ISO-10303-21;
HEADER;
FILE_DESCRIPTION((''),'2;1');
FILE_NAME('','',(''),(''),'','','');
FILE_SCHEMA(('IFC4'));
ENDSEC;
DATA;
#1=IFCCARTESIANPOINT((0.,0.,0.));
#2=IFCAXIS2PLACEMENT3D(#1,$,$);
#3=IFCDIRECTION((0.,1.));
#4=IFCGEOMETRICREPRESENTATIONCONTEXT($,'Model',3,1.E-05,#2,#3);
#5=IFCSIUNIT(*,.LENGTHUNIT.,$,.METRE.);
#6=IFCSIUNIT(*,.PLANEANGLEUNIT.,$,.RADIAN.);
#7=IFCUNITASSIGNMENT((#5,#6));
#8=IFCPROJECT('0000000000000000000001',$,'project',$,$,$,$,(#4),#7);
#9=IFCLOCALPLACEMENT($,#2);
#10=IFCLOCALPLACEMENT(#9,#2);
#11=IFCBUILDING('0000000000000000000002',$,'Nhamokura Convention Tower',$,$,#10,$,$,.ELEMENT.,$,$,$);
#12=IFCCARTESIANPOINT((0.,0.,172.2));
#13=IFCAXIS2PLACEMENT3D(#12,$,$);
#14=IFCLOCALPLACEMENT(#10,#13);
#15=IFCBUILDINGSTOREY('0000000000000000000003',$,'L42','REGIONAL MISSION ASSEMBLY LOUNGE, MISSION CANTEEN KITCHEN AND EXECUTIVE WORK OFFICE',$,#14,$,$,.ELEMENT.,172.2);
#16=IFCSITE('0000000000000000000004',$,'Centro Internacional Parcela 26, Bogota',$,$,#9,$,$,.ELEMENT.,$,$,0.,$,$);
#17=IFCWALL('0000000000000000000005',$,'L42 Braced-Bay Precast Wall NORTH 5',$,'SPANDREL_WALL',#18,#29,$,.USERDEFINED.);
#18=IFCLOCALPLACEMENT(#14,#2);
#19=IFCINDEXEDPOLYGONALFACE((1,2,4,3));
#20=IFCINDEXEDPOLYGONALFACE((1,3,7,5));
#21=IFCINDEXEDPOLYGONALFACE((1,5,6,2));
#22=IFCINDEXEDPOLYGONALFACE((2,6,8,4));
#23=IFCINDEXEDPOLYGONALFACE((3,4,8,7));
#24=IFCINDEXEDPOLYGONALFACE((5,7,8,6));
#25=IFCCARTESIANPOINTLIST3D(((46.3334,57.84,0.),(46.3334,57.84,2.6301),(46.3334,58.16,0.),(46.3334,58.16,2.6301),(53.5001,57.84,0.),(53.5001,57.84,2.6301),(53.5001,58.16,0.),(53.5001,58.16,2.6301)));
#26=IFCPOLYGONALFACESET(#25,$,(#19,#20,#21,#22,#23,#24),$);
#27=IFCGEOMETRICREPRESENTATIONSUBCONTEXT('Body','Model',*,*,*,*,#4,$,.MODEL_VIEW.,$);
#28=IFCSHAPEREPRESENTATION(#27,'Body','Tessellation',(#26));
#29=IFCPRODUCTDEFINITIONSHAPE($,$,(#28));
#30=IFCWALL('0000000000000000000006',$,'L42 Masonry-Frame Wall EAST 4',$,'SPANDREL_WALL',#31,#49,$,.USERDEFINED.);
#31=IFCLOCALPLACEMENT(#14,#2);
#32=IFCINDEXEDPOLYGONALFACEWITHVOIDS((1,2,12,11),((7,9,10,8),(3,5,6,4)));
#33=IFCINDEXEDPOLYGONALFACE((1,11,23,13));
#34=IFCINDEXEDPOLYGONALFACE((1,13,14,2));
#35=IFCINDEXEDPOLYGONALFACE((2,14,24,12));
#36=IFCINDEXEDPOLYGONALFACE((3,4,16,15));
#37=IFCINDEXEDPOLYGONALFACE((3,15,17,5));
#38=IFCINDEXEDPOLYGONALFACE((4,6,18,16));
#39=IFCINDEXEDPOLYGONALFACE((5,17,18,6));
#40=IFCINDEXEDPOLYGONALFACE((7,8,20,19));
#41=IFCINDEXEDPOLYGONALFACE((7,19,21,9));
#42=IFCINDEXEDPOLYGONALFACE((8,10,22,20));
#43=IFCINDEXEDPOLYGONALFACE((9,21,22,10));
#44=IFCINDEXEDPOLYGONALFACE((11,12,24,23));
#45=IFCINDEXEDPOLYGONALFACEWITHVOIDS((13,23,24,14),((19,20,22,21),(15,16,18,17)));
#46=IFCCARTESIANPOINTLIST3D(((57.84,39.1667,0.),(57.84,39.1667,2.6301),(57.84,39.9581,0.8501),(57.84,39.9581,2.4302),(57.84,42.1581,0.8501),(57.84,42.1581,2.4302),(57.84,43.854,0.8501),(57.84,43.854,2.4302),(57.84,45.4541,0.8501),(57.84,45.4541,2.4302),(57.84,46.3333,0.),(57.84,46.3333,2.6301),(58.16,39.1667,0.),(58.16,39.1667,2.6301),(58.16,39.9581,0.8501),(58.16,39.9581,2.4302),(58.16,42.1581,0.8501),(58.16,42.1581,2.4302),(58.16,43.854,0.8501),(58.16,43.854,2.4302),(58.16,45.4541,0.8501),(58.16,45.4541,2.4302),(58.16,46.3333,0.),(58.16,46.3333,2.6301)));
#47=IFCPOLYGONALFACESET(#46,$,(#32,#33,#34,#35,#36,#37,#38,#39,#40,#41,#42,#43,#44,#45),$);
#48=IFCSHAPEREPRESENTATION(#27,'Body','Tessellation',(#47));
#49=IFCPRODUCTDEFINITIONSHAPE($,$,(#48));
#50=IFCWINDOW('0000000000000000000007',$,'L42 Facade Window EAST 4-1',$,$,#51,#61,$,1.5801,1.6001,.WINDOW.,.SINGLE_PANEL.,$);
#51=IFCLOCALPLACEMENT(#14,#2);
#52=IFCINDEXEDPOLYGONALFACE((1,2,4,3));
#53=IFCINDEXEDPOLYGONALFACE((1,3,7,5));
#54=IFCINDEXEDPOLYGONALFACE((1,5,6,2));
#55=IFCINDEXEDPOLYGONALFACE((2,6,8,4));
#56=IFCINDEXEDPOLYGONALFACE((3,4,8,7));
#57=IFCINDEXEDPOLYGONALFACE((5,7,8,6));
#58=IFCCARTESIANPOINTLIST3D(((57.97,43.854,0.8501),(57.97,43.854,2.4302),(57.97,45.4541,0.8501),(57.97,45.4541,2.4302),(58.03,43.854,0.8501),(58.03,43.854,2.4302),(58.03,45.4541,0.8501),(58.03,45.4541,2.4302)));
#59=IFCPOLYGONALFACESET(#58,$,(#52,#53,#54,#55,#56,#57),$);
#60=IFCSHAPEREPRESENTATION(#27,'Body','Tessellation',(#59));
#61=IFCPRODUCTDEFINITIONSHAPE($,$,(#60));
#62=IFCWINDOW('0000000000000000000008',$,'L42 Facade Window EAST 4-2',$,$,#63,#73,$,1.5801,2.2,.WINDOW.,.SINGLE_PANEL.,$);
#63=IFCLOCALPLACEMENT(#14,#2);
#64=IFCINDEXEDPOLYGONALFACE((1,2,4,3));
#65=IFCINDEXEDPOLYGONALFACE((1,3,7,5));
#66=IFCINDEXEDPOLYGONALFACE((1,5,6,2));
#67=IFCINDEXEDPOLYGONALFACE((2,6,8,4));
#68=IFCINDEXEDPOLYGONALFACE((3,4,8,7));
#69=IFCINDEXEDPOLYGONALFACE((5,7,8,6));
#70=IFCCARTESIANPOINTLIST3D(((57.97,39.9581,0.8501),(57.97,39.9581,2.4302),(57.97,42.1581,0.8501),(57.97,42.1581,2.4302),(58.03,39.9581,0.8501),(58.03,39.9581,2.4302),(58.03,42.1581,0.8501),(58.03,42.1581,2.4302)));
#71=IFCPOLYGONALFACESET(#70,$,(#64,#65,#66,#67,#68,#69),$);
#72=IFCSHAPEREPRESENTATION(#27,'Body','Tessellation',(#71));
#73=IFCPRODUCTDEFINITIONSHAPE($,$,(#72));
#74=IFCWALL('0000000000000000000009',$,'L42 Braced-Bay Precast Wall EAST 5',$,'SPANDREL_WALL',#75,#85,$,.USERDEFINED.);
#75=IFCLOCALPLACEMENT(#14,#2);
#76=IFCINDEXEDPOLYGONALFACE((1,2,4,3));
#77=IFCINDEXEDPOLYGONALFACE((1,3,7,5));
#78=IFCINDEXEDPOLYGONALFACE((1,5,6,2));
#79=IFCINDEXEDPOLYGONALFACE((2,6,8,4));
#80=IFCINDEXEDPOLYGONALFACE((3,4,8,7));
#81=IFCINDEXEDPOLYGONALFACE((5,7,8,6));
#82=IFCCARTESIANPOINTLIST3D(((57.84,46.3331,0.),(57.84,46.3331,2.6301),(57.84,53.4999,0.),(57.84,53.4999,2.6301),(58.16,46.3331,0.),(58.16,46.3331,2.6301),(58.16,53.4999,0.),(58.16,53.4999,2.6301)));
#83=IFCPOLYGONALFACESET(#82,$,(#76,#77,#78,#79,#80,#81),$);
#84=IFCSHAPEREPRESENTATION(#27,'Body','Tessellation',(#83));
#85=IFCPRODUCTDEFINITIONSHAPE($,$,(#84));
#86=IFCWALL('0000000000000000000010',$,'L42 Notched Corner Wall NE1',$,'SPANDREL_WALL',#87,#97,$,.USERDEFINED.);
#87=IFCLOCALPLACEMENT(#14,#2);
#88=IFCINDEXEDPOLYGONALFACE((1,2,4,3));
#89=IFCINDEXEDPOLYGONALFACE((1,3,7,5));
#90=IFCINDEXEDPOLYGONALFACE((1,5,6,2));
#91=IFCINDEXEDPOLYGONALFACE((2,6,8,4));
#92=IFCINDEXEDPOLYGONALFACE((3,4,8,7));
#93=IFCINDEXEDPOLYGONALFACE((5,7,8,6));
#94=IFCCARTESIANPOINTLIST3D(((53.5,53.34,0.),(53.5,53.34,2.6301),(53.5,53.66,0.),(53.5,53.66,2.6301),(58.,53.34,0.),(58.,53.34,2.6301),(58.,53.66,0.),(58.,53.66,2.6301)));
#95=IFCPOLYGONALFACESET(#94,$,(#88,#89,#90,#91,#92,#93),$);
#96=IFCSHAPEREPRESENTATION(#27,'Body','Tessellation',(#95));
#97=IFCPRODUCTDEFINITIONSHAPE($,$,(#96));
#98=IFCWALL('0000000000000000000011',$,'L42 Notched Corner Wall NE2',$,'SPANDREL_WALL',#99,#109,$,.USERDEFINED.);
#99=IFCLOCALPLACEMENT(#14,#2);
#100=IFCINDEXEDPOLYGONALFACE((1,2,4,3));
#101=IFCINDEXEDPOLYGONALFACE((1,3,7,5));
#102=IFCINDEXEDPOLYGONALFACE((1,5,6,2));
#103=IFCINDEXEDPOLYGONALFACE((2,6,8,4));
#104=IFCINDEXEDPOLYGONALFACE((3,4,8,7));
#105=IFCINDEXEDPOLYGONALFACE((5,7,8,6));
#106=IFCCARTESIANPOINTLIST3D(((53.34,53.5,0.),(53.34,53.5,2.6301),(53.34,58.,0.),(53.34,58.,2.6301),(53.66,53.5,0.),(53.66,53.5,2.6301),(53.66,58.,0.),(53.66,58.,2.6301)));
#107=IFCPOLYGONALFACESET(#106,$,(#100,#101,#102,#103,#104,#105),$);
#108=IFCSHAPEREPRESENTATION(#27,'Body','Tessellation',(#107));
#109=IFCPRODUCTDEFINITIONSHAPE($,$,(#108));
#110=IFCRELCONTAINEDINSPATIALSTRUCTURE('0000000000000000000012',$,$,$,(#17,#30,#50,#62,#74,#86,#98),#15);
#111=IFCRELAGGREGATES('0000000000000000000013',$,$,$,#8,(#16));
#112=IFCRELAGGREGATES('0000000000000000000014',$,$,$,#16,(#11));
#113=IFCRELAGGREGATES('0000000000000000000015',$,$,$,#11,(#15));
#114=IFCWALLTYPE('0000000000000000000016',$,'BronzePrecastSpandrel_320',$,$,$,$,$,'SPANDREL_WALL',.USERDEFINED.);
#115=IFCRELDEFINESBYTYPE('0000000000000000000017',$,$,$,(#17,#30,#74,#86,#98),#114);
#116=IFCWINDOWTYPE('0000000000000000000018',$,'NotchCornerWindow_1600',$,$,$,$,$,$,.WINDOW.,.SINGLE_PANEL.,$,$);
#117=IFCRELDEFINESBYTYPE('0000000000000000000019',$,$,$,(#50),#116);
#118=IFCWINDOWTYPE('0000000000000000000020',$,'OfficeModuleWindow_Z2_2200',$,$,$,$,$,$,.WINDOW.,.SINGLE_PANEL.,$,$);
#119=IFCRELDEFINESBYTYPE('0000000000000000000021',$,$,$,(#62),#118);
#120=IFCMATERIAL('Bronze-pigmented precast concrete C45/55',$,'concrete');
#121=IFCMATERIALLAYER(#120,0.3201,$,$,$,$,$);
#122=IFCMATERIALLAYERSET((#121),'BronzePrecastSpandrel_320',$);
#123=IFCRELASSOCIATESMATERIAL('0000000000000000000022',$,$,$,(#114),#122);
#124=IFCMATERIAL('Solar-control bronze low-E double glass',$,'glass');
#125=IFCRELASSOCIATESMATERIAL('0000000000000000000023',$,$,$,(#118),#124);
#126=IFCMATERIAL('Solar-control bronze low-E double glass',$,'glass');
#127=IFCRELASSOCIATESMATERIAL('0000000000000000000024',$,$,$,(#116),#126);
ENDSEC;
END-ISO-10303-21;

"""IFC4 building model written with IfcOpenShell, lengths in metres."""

from ifc_helpers import new_model, si_unit, direction, frame, frame_2d, origin, place, context, subcontext, project, spatial, rectangle, extrude, material, layer, layer_set, type_object, element, fill, save


model = new_model("IFC4")

# Units and contexts
model_context = context("Model", 3, precision=1e-05, world=origin(), true_north=direction((0.0, 1.0)))
body_context = subcontext(model_context, "Body", "Model", "MODEL_VIEW")
ifc_project = project(units=[si_unit("LENGTHUNIT", "METRE"), si_unit("PLANEANGLEUNIT", "RADIAN")], contexts=[model_context])

# Site, building, storey
site_placement = place(None, origin())
site = spatial("IfcSite", under=ifc_project, at=site_placement, Name="Centro Internacional Parcela 26, Bogota", CompositionType="ELEMENT", RefElevation=0.0)
building_placement = place(site_placement, origin())
building = spatial("IfcBuilding", under=site, at=building_placement, Name="Nhamokura Convention Tower", CompositionType="ELEMENT")
storey_placement = place(building_placement, frame((0.0, 0.0, 172.2)))
storey = spatial("IfcBuildingStorey", under=building, at=storey_placement, Name="L42", Description="REGIONAL MISSION ASSEMBLY LOUNGE, MISSION CANTEEN KITCHEN AND EXECUTIVE WORK OFFICE", CompositionType="ELEMENT", Elevation=172.2)

# Shared definitions
ifc_material_1 = material(Name="Bronze-pigmented precast concrete C45/55", Category="concrete")
ifc_layer = layer(ifc_material_1, 0.3201)
ifc_layer_set = layer_set([ifc_layer], Name="BronzePrecastSpandrel_320")
wall_type = type_object("IfcWallType", Name="BronzePrecastSpandrel_320", ElementType="SPANDREL_WALL", PredefinedType="USERDEFINED", material=ifc_layer_set)
ifc_material_2 = material(Name="Solar-control bronze low-E double glass", Category="glass")
window_type_1 = type_object("IfcWindowType", Name="OfficeModuleWindow_Z2_2200", PartitioningType="SINGLE_PANEL", PredefinedType="WINDOW", material=ifc_material_2)

# Wall
wall_1_placement = place(storey_placement, frame((46.3333, 58.0, 0.0), z_axis=(0.0, 0.0, 1.0), x_axis=(1.0, 0.0, 0.0)))
element("IfcWall", 1, at=wall_1_placement, inside=storey, type_object=wall_type, Name="L42 Braced-Bay Precast Wall NORTH 5", ObjectType="SPANDREL_WALL", PredefinedType="USERDEFINED", context=body_context, shape_type="SweptSolid", body=[
    extrude(rectangle(XDim=7.1667, YDim=0.3201, at=frame_2d((3.5835, 0.0))), origin(), (0.0, 0.0, 1.0), 2.6301),
])

# Wall, openings, windows
wall_2_placement = place(storey_placement, frame((58.0, 46.3333, 0.0), z_axis=(0.0, 0.0, 1.0), x_axis=(0.0, -1.0, 0.0)))
wall_2 = element("IfcWall", 2, at=wall_2_placement, inside=storey, type_object=wall_type, Name="L42 Masonry-Frame Wall EAST 4", ObjectType="SPANDREL_WALL", PredefinedType="USERDEFINED", context=body_context, shape_type="SweptSolid", body=[
    extrude(rectangle(XDim=7.1665, YDim=0.3201, at=frame_2d((3.5833, 0.0))), origin(), (0.0, 0.0, 1.0), 2.6301),
])
opening_1_placement = place(wall_2_placement, frame((0.8792, 0.0, 0.8501)))
opening_1 = element("IfcOpeningElement", 3, at=opening_1_placement, cuts=wall_2, PredefinedType="OPENING", context=body_context, shape_type="SweptSolid", body=[
    extrude(rectangle(XDim=1.6001, YDim=1.5801, at=frame_2d((0.8, 0.79))), frame((0.0, 0.1699, 0.0), z_axis=(0.0, -1.0, 0.0), x_axis=(1.0, 0.0, 0.0)), (0.0, 0.0, 1.0), 0.3401),
])
opening_2_placement = place(wall_2_placement, frame((4.175, 0.0, 0.8501)))
opening_2 = element("IfcOpeningElement", 4, at=opening_2_placement, cuts=wall_2, PredefinedType="OPENING", context=body_context, shape_type="SweptSolid", body=[
    extrude(rectangle(XDim=2.2, YDim=1.5801, at=frame_2d((1.1001, 0.79))), frame((0.0, 0.1699, 0.0), z_axis=(0.0, -1.0, 0.0), x_axis=(1.0, 0.0, 0.0)), (0.0, 0.0, 1.0), 0.3401),
])
ifc_material_3 = material(Name="Solar-control bronze low-E double glass", Category="glass")
window_type_2 = type_object("IfcWindowType", Name="NotchCornerWindow_1600", PartitioningType="SINGLE_PANEL", PredefinedType="WINDOW", material=ifc_material_3)
window_1_placement = place(opening_1_placement, origin())
window_1 = element("IfcWindow", 5, at=window_1_placement, inside=storey, type_object=window_type_2, Name="L42 Facade Window EAST 4-1", OverallHeight=1.5801, OverallWidth=1.6001, PartitioningType="SINGLE_PANEL", PredefinedType="WINDOW", context=body_context, shape_type="SweptSolid", body=[
    extrude(rectangle(XDim=1.6001, YDim=1.5801, at=frame_2d((0.8, 0.79))), frame((0.0, 0.03, 0.0), z_axis=(0.0, -1.0, 0.0), x_axis=(1.0, 0.0, 0.0)), (0.0, 0.0, 1.0), 0.0601),
])
fill(opening_1, window_1)
window_2_placement = place(opening_2_placement, origin())
window_2 = element("IfcWindow", 6, at=window_2_placement, inside=storey, type_object=window_type_1, Name="L42 Facade Window EAST 4-2", OverallHeight=1.5801, OverallWidth=2.2, PartitioningType="SINGLE_PANEL", PredefinedType="WINDOW", context=body_context, shape_type="SweptSolid", body=[
    extrude(rectangle(XDim=2.2, YDim=1.5801, at=frame_2d((1.1001, 0.79))), frame((0.0, 0.03, 0.0), z_axis=(0.0, -1.0, 0.0), x_axis=(1.0, 0.0, 0.0)), (0.0, 0.0, 1.0), 0.0601),
])
fill(opening_2, window_2)

# Walls
wall_3_placement = place(storey_placement, frame((58.0, 53.5, 0.0), z_axis=(0.0, 0.0, 1.0), x_axis=(0.0, -1.0, 0.0)))
element("IfcWall", 7, at=wall_3_placement, inside=storey, type_object=wall_type, Name="L42 Braced-Bay Precast Wall EAST 5", ObjectType="SPANDREL_WALL", PredefinedType="USERDEFINED", context=body_context, shape_type="SweptSolid", body=[
    extrude(rectangle(XDim=7.1667, YDim=0.3201, at=frame_2d((3.5835, 0.0))), origin(), (0.0, 0.0, 1.0), 2.6301),
])
for number, where, z_axis, x_axis, name in (
    (8, (53.5, 53.5, 0.0), (0.0, 0.0, 1.0), (1.0, 0.0, 0.0), "L42 Notched Corner Wall NE1"),
    (9, (53.5, 58.0, 0.0), (0.0, 0.0, 1.0), (0.0, -1.0, 0.0), "L42 Notched Corner Wall NE2"),
):
    element("IfcWall", number, at=place(storey_placement, frame(where, z_axis=z_axis, x_axis=x_axis)), inside=storey, type_object=wall_type, Name=name, ObjectType="SPANDREL_WALL", PredefinedType="USERDEFINED", context=body_context, shape_type="SweptSolid", body=[
        extrude(rectangle(XDim=4.5, YDim=0.3201, at=frame_2d((2.25, 0.0))), origin(), (0.0, 0.0, 1.0), 2.6301),
    ])

save(model, "model.ifc")
